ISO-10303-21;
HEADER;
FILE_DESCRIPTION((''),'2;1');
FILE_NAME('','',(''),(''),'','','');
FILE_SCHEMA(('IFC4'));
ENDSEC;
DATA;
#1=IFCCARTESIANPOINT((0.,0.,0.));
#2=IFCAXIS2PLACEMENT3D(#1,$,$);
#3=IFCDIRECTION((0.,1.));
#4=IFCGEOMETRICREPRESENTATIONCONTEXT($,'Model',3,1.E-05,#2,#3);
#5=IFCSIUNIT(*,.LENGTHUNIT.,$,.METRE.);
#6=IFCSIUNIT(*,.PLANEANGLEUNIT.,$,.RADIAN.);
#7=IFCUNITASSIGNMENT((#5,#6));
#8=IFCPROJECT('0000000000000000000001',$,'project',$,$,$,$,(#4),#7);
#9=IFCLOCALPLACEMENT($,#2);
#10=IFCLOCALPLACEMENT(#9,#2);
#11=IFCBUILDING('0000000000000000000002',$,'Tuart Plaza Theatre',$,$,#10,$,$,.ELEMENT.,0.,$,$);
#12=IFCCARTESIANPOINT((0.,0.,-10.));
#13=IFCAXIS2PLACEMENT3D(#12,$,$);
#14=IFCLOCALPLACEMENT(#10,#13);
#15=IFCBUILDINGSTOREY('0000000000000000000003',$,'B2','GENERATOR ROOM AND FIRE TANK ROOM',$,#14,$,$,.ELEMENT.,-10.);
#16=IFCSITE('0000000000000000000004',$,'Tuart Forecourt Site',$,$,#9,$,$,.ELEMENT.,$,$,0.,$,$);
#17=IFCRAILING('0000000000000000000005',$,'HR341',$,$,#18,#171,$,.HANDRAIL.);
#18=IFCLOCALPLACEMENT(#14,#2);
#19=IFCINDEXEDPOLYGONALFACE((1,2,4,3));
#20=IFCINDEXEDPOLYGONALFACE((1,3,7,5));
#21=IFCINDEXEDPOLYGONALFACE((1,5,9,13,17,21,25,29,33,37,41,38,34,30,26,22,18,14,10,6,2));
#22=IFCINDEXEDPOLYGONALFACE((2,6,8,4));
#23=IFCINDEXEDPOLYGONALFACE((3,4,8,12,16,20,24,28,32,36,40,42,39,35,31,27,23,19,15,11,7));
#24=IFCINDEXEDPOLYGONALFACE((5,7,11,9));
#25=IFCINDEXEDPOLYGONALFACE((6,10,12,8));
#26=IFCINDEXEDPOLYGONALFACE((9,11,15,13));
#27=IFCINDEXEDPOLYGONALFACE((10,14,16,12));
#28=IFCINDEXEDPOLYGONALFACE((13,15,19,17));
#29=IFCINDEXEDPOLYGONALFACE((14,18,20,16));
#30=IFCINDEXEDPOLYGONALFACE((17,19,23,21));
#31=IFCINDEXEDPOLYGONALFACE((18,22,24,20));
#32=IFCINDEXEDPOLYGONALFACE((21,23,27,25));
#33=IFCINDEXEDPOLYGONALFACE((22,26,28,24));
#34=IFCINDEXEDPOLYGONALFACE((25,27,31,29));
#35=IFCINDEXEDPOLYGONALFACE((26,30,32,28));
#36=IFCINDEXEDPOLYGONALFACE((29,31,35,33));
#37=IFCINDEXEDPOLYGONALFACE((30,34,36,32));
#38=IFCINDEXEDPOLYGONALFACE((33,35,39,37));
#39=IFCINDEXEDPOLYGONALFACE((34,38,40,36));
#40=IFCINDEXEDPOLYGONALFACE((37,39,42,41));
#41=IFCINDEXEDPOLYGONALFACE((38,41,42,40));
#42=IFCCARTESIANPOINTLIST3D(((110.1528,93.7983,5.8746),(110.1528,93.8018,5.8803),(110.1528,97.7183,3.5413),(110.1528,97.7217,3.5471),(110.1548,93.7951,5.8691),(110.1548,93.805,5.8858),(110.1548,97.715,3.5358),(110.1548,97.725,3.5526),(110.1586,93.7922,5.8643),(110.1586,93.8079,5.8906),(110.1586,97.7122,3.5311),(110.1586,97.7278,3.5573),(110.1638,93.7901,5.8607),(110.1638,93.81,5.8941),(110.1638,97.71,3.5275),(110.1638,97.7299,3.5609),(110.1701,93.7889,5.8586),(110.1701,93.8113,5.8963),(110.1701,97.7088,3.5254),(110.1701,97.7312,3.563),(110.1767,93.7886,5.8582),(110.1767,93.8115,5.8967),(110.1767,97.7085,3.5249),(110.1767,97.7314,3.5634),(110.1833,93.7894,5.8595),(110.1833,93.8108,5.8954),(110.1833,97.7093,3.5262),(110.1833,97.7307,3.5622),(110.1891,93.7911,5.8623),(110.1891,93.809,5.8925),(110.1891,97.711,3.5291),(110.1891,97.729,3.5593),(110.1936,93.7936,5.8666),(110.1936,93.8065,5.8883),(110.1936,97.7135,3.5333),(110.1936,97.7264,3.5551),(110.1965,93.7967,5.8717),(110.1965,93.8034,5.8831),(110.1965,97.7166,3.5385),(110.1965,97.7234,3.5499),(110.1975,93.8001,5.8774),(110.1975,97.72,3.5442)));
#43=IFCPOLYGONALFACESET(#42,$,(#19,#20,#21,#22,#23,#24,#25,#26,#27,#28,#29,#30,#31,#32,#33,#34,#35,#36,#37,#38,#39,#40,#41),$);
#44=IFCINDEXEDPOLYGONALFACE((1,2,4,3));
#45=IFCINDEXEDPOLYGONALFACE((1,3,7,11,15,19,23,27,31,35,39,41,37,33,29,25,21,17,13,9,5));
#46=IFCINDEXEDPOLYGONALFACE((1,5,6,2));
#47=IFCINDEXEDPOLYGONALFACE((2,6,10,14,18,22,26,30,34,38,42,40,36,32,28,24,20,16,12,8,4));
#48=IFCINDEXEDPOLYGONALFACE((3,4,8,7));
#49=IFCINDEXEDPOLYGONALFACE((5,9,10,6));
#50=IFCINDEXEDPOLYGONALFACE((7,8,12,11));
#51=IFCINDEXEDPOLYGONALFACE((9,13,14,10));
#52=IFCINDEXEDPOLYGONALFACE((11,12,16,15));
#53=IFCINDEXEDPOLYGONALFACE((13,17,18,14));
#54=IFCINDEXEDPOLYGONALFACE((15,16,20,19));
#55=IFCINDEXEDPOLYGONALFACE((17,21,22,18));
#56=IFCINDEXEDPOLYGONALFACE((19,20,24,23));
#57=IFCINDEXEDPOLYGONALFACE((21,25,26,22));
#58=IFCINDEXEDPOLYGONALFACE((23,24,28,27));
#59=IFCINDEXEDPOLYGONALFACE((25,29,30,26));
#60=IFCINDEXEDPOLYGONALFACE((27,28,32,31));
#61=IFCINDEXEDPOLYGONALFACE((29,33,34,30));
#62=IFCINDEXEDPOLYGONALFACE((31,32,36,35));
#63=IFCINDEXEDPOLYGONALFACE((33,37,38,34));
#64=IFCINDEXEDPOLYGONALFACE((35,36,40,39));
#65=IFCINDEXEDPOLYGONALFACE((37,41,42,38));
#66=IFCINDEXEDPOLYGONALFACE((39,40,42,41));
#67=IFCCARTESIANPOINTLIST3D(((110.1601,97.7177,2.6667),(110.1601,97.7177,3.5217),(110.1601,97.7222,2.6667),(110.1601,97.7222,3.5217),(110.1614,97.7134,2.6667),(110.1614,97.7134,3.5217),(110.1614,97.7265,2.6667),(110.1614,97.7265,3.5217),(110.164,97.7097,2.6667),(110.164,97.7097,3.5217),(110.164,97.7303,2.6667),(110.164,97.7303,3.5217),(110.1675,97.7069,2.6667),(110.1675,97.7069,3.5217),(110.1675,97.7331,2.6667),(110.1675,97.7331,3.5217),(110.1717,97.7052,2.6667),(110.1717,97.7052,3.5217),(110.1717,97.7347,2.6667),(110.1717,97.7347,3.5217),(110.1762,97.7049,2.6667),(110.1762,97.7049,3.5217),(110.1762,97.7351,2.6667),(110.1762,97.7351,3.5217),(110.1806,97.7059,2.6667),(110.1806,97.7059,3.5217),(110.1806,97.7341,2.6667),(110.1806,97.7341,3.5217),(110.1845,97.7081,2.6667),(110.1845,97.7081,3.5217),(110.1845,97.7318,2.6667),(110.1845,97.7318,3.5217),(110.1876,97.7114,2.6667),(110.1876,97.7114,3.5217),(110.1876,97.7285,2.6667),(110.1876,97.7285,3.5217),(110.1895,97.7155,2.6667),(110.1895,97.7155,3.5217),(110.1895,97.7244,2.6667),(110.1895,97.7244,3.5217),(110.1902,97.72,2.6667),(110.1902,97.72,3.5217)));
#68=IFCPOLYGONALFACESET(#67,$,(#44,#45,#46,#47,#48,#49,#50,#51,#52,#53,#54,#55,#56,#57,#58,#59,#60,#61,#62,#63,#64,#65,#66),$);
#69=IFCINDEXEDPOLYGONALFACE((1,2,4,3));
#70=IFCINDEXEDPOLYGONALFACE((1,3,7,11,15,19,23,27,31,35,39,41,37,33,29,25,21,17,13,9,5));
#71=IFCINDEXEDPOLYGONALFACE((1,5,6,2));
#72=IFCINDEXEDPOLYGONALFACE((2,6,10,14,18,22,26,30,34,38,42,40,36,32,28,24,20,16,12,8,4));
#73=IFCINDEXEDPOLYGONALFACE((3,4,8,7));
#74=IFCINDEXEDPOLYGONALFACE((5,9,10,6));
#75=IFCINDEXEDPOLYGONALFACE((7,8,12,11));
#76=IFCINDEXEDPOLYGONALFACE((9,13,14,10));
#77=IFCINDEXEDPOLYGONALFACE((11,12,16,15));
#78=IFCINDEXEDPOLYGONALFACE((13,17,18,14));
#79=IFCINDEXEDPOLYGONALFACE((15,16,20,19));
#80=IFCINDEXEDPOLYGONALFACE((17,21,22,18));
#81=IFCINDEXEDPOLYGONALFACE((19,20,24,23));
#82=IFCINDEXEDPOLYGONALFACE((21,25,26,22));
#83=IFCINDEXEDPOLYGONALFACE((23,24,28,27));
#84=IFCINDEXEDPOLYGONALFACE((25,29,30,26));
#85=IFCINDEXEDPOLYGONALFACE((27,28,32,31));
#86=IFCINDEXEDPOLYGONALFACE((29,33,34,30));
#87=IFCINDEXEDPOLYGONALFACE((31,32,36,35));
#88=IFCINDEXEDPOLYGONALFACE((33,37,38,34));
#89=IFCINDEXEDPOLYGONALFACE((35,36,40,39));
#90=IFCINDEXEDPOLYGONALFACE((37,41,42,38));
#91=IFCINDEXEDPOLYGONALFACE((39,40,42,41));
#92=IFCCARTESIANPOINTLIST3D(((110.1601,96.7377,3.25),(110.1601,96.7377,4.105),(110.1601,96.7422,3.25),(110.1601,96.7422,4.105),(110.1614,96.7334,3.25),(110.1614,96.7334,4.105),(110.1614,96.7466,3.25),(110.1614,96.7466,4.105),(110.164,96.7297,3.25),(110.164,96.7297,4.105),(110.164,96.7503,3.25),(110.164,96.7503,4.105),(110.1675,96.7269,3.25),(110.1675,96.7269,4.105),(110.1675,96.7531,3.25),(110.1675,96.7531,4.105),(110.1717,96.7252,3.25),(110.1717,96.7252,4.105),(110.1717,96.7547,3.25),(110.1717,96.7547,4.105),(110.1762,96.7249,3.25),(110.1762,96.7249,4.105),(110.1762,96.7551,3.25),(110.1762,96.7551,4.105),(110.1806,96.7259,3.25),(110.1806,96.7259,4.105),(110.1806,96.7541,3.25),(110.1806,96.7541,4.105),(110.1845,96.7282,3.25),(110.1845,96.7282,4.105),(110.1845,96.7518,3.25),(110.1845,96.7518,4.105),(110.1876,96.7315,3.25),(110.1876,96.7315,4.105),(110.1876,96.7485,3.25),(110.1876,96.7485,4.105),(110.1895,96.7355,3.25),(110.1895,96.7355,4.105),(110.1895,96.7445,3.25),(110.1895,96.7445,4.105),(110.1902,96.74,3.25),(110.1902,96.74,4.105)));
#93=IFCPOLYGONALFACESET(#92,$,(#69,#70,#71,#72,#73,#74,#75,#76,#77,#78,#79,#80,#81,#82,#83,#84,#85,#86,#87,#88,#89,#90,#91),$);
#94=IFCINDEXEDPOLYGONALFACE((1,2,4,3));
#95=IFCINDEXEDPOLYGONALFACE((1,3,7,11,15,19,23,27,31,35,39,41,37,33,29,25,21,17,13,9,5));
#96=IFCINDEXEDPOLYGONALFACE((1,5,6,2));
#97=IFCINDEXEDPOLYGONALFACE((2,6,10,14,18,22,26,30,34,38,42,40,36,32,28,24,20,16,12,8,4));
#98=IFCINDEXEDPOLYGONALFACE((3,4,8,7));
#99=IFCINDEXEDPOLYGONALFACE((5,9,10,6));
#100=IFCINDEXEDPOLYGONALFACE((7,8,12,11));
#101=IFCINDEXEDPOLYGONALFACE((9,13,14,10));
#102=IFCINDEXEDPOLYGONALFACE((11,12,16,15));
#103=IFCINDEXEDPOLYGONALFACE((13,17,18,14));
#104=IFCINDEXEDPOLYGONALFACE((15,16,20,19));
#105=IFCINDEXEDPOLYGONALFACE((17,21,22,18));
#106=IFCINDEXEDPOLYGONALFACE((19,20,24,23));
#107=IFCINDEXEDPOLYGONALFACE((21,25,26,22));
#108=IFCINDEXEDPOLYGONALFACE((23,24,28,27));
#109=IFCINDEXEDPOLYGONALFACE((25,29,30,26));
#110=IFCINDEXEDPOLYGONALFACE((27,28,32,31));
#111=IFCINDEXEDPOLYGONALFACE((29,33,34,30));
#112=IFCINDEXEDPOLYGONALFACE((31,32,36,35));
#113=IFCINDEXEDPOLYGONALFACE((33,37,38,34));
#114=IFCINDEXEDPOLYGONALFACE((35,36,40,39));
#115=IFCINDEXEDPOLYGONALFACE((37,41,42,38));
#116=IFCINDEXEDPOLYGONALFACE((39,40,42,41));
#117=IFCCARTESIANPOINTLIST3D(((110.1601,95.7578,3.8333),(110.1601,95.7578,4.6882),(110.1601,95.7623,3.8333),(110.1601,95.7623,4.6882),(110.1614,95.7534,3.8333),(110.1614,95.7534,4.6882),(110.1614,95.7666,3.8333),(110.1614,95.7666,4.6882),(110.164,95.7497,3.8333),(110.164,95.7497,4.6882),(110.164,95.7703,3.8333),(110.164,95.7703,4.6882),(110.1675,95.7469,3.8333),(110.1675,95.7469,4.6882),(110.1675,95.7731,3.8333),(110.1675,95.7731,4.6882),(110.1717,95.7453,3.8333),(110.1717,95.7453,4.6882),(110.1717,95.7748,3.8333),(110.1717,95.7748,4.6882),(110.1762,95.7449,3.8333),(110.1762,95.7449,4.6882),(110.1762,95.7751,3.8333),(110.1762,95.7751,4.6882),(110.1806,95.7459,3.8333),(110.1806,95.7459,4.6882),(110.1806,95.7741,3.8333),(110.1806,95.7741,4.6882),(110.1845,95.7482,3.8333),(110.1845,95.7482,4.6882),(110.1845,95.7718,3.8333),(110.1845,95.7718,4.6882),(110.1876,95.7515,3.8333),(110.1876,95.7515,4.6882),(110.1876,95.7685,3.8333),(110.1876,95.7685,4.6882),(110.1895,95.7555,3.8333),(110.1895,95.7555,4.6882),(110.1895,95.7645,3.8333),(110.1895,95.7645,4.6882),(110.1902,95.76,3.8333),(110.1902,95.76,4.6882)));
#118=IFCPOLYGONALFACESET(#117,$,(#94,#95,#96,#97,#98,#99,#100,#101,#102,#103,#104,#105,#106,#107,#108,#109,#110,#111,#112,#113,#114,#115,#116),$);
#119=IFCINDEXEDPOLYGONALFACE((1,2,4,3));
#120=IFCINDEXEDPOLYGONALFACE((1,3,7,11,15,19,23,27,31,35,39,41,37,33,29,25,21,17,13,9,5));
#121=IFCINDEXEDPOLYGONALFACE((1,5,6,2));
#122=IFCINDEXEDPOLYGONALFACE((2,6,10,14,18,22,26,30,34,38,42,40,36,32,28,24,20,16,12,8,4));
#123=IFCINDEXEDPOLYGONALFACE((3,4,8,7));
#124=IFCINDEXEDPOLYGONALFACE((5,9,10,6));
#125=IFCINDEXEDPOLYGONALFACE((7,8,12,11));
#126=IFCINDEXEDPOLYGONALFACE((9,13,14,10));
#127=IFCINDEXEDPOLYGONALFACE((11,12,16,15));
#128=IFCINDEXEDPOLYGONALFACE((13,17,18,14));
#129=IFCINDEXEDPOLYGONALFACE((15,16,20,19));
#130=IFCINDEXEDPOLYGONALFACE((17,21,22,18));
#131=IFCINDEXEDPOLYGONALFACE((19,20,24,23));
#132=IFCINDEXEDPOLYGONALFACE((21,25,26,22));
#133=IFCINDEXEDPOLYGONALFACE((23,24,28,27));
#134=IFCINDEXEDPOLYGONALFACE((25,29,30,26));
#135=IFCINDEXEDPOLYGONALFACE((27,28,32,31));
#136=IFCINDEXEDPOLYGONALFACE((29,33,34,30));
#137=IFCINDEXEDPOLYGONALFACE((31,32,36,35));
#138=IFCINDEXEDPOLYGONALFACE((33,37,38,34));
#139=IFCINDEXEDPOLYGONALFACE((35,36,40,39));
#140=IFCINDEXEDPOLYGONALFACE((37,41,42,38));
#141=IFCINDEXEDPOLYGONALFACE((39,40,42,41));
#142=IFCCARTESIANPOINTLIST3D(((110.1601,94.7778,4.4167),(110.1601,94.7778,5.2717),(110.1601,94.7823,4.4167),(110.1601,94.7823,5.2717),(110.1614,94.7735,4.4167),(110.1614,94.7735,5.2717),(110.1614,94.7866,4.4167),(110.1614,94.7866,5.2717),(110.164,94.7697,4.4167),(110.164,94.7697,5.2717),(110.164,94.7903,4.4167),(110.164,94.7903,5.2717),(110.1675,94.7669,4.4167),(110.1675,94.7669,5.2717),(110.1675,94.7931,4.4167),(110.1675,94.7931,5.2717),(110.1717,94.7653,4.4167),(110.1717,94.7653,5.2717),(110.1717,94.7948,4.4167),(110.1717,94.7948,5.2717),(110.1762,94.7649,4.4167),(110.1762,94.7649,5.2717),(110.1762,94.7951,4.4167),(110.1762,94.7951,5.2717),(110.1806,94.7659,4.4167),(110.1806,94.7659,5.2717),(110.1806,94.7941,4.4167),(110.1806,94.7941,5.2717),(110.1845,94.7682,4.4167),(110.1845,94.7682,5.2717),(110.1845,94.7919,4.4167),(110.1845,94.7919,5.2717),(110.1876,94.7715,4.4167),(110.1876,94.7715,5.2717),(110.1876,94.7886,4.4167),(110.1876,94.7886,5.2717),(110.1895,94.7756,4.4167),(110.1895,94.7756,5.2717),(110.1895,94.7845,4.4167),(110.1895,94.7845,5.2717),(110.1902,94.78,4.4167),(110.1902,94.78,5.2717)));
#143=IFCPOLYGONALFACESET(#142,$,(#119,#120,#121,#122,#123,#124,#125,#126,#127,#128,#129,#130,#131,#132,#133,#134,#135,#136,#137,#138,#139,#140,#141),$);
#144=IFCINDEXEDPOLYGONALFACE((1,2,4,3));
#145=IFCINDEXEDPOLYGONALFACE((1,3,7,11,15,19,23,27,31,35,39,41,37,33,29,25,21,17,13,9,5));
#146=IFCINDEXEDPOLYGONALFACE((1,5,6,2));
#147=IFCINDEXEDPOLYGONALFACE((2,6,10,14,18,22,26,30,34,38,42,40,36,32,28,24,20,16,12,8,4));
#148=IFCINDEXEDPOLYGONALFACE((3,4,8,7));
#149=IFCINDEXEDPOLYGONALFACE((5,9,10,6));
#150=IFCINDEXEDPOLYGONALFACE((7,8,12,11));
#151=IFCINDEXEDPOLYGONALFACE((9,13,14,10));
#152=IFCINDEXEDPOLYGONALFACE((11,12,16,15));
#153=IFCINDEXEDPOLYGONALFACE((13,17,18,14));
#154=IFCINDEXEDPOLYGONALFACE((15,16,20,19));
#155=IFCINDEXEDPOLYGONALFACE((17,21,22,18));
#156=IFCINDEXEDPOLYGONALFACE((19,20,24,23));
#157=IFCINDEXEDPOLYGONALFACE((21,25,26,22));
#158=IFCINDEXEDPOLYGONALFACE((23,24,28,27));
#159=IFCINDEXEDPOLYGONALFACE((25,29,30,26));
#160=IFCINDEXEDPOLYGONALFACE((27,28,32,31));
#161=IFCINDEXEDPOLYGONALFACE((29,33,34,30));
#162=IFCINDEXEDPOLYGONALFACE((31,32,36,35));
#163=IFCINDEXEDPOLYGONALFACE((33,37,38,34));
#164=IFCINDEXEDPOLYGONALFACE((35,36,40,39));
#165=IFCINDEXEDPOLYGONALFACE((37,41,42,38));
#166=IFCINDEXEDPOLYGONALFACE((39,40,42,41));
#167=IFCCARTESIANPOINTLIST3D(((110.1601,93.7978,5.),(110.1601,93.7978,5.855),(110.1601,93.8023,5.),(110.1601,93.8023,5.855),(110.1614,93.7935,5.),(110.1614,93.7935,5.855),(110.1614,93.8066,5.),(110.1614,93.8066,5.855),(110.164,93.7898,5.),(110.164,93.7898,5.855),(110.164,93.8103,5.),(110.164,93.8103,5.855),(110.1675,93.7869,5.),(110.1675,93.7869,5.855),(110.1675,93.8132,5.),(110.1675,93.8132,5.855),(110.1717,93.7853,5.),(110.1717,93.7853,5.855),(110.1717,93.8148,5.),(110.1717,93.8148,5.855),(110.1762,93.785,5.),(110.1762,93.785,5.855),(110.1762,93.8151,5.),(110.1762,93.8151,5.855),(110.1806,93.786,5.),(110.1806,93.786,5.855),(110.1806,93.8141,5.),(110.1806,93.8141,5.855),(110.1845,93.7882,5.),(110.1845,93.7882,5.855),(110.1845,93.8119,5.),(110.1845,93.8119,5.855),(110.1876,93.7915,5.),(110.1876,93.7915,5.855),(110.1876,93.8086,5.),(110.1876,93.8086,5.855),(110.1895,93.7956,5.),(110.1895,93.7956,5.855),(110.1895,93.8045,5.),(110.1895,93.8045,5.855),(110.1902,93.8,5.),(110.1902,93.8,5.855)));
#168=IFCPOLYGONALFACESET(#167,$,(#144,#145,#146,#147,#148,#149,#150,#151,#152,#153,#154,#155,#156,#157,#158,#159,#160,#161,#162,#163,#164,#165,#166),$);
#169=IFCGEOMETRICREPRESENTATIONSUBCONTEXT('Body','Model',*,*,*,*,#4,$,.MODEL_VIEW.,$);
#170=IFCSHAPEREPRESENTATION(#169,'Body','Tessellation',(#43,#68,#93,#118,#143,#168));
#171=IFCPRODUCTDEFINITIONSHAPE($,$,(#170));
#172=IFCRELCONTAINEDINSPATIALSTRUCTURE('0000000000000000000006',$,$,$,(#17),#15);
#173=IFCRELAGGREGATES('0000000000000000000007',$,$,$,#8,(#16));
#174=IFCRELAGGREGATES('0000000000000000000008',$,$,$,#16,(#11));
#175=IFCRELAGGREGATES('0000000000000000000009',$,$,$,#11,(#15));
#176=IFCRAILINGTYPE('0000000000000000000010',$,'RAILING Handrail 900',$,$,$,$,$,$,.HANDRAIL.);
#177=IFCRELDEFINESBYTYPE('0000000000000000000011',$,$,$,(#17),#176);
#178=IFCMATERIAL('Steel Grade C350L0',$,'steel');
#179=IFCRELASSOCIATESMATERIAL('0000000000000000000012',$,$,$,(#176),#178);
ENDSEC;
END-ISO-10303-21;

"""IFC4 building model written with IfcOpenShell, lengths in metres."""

from ifc_helpers import new_model, si_unit, direction, frame, origin, origin_2d, place, context, subcontext, project, spatial, circle, extrude, material, type_object, element, save


model = new_model("IFC4")

# Units and contexts
model_context = context("Model", 3, precision=1e-05, world=origin(), true_north=direction((0.0, 1.0)))
body_context = subcontext(model_context, "Body", "Model", "MODEL_VIEW")
ifc_project = project(units=[si_unit("LENGTHUNIT", "METRE"), si_unit("PLANEANGLEUNIT", "RADIAN")], contexts=[model_context])

# Site, building, storey
site_placement = place(None, origin())
site = spatial("IfcSite", under=ifc_project, at=site_placement, Name="Tuart Forecourt Site", CompositionType="ELEMENT", RefElevation=0.0)
building_placement = place(site_placement, origin())
building = spatial("IfcBuilding", under=site, at=building_placement, Name="Tuart Plaza Theatre", CompositionType="ELEMENT", ElevationOfRefHeight=0.0)
storey_placement = place(building_placement, frame((0.0, 0.0, -10.0)))
storey = spatial("IfcBuildingStorey", under=building, at=storey_placement, Name="B2", Description="GENERATOR ROOM AND FIRE TANK ROOM", CompositionType="ELEMENT", Elevation=-10.0)

# Railing
ifc_material_1 = material(Name="Steel Grade C350L0", Category="steel")
railing_type_1 = type_object("IfcRailingType", Name="RAILING Handrail 900", PredefinedType="HANDRAIL", material=ifc_material_1)
for number, where, name in (
    (1, (110.175, 97.72, 2.6667), "HR341"),
):
    element("IfcRailing", number, at=place(storey_placement, frame(where)), inside=storey, type_object=railing_type_1, Name=name, PredefinedType="HANDRAIL", context=body_context, shape_type="SweptSolid", body=[
        extrude(circle(Radius=0.0225, at=origin_2d()), frame((0.0, 0.0, 0.8774), z_axis=(0.0, -0.859296, 0.511478), x_axis=(1.0, 0.0, 0.0)), (0.0, 0.0, 1.0), 4.5618),
        extrude(circle(Radius=0.0151, at=origin_2d()), origin(), (0.0, 0.0, 1.0), 0.855),
        extrude(circle(Radius=0.0151, at=origin_2d()), frame((0.0, -0.98, 0.5833)), (0.0, 0.0, 1.0), 0.855),
        extrude(circle(Radius=0.0151, at=origin_2d()), frame((0.0, -1.96, 1.1665)), (0.0, 0.0, 1.0), 0.855),
        extrude(circle(Radius=0.0151, at=origin_2d()), frame((0.0, -2.9399, 1.75)), (0.0, 0.0, 1.0), 0.855),
        extrude(circle(Radius=0.0151, at=origin_2d()), frame((0.0, -3.9199, 2.3333)), (0.0, 0.0, 1.0), 0.855),
    ])

save(model, "model.ifc")
